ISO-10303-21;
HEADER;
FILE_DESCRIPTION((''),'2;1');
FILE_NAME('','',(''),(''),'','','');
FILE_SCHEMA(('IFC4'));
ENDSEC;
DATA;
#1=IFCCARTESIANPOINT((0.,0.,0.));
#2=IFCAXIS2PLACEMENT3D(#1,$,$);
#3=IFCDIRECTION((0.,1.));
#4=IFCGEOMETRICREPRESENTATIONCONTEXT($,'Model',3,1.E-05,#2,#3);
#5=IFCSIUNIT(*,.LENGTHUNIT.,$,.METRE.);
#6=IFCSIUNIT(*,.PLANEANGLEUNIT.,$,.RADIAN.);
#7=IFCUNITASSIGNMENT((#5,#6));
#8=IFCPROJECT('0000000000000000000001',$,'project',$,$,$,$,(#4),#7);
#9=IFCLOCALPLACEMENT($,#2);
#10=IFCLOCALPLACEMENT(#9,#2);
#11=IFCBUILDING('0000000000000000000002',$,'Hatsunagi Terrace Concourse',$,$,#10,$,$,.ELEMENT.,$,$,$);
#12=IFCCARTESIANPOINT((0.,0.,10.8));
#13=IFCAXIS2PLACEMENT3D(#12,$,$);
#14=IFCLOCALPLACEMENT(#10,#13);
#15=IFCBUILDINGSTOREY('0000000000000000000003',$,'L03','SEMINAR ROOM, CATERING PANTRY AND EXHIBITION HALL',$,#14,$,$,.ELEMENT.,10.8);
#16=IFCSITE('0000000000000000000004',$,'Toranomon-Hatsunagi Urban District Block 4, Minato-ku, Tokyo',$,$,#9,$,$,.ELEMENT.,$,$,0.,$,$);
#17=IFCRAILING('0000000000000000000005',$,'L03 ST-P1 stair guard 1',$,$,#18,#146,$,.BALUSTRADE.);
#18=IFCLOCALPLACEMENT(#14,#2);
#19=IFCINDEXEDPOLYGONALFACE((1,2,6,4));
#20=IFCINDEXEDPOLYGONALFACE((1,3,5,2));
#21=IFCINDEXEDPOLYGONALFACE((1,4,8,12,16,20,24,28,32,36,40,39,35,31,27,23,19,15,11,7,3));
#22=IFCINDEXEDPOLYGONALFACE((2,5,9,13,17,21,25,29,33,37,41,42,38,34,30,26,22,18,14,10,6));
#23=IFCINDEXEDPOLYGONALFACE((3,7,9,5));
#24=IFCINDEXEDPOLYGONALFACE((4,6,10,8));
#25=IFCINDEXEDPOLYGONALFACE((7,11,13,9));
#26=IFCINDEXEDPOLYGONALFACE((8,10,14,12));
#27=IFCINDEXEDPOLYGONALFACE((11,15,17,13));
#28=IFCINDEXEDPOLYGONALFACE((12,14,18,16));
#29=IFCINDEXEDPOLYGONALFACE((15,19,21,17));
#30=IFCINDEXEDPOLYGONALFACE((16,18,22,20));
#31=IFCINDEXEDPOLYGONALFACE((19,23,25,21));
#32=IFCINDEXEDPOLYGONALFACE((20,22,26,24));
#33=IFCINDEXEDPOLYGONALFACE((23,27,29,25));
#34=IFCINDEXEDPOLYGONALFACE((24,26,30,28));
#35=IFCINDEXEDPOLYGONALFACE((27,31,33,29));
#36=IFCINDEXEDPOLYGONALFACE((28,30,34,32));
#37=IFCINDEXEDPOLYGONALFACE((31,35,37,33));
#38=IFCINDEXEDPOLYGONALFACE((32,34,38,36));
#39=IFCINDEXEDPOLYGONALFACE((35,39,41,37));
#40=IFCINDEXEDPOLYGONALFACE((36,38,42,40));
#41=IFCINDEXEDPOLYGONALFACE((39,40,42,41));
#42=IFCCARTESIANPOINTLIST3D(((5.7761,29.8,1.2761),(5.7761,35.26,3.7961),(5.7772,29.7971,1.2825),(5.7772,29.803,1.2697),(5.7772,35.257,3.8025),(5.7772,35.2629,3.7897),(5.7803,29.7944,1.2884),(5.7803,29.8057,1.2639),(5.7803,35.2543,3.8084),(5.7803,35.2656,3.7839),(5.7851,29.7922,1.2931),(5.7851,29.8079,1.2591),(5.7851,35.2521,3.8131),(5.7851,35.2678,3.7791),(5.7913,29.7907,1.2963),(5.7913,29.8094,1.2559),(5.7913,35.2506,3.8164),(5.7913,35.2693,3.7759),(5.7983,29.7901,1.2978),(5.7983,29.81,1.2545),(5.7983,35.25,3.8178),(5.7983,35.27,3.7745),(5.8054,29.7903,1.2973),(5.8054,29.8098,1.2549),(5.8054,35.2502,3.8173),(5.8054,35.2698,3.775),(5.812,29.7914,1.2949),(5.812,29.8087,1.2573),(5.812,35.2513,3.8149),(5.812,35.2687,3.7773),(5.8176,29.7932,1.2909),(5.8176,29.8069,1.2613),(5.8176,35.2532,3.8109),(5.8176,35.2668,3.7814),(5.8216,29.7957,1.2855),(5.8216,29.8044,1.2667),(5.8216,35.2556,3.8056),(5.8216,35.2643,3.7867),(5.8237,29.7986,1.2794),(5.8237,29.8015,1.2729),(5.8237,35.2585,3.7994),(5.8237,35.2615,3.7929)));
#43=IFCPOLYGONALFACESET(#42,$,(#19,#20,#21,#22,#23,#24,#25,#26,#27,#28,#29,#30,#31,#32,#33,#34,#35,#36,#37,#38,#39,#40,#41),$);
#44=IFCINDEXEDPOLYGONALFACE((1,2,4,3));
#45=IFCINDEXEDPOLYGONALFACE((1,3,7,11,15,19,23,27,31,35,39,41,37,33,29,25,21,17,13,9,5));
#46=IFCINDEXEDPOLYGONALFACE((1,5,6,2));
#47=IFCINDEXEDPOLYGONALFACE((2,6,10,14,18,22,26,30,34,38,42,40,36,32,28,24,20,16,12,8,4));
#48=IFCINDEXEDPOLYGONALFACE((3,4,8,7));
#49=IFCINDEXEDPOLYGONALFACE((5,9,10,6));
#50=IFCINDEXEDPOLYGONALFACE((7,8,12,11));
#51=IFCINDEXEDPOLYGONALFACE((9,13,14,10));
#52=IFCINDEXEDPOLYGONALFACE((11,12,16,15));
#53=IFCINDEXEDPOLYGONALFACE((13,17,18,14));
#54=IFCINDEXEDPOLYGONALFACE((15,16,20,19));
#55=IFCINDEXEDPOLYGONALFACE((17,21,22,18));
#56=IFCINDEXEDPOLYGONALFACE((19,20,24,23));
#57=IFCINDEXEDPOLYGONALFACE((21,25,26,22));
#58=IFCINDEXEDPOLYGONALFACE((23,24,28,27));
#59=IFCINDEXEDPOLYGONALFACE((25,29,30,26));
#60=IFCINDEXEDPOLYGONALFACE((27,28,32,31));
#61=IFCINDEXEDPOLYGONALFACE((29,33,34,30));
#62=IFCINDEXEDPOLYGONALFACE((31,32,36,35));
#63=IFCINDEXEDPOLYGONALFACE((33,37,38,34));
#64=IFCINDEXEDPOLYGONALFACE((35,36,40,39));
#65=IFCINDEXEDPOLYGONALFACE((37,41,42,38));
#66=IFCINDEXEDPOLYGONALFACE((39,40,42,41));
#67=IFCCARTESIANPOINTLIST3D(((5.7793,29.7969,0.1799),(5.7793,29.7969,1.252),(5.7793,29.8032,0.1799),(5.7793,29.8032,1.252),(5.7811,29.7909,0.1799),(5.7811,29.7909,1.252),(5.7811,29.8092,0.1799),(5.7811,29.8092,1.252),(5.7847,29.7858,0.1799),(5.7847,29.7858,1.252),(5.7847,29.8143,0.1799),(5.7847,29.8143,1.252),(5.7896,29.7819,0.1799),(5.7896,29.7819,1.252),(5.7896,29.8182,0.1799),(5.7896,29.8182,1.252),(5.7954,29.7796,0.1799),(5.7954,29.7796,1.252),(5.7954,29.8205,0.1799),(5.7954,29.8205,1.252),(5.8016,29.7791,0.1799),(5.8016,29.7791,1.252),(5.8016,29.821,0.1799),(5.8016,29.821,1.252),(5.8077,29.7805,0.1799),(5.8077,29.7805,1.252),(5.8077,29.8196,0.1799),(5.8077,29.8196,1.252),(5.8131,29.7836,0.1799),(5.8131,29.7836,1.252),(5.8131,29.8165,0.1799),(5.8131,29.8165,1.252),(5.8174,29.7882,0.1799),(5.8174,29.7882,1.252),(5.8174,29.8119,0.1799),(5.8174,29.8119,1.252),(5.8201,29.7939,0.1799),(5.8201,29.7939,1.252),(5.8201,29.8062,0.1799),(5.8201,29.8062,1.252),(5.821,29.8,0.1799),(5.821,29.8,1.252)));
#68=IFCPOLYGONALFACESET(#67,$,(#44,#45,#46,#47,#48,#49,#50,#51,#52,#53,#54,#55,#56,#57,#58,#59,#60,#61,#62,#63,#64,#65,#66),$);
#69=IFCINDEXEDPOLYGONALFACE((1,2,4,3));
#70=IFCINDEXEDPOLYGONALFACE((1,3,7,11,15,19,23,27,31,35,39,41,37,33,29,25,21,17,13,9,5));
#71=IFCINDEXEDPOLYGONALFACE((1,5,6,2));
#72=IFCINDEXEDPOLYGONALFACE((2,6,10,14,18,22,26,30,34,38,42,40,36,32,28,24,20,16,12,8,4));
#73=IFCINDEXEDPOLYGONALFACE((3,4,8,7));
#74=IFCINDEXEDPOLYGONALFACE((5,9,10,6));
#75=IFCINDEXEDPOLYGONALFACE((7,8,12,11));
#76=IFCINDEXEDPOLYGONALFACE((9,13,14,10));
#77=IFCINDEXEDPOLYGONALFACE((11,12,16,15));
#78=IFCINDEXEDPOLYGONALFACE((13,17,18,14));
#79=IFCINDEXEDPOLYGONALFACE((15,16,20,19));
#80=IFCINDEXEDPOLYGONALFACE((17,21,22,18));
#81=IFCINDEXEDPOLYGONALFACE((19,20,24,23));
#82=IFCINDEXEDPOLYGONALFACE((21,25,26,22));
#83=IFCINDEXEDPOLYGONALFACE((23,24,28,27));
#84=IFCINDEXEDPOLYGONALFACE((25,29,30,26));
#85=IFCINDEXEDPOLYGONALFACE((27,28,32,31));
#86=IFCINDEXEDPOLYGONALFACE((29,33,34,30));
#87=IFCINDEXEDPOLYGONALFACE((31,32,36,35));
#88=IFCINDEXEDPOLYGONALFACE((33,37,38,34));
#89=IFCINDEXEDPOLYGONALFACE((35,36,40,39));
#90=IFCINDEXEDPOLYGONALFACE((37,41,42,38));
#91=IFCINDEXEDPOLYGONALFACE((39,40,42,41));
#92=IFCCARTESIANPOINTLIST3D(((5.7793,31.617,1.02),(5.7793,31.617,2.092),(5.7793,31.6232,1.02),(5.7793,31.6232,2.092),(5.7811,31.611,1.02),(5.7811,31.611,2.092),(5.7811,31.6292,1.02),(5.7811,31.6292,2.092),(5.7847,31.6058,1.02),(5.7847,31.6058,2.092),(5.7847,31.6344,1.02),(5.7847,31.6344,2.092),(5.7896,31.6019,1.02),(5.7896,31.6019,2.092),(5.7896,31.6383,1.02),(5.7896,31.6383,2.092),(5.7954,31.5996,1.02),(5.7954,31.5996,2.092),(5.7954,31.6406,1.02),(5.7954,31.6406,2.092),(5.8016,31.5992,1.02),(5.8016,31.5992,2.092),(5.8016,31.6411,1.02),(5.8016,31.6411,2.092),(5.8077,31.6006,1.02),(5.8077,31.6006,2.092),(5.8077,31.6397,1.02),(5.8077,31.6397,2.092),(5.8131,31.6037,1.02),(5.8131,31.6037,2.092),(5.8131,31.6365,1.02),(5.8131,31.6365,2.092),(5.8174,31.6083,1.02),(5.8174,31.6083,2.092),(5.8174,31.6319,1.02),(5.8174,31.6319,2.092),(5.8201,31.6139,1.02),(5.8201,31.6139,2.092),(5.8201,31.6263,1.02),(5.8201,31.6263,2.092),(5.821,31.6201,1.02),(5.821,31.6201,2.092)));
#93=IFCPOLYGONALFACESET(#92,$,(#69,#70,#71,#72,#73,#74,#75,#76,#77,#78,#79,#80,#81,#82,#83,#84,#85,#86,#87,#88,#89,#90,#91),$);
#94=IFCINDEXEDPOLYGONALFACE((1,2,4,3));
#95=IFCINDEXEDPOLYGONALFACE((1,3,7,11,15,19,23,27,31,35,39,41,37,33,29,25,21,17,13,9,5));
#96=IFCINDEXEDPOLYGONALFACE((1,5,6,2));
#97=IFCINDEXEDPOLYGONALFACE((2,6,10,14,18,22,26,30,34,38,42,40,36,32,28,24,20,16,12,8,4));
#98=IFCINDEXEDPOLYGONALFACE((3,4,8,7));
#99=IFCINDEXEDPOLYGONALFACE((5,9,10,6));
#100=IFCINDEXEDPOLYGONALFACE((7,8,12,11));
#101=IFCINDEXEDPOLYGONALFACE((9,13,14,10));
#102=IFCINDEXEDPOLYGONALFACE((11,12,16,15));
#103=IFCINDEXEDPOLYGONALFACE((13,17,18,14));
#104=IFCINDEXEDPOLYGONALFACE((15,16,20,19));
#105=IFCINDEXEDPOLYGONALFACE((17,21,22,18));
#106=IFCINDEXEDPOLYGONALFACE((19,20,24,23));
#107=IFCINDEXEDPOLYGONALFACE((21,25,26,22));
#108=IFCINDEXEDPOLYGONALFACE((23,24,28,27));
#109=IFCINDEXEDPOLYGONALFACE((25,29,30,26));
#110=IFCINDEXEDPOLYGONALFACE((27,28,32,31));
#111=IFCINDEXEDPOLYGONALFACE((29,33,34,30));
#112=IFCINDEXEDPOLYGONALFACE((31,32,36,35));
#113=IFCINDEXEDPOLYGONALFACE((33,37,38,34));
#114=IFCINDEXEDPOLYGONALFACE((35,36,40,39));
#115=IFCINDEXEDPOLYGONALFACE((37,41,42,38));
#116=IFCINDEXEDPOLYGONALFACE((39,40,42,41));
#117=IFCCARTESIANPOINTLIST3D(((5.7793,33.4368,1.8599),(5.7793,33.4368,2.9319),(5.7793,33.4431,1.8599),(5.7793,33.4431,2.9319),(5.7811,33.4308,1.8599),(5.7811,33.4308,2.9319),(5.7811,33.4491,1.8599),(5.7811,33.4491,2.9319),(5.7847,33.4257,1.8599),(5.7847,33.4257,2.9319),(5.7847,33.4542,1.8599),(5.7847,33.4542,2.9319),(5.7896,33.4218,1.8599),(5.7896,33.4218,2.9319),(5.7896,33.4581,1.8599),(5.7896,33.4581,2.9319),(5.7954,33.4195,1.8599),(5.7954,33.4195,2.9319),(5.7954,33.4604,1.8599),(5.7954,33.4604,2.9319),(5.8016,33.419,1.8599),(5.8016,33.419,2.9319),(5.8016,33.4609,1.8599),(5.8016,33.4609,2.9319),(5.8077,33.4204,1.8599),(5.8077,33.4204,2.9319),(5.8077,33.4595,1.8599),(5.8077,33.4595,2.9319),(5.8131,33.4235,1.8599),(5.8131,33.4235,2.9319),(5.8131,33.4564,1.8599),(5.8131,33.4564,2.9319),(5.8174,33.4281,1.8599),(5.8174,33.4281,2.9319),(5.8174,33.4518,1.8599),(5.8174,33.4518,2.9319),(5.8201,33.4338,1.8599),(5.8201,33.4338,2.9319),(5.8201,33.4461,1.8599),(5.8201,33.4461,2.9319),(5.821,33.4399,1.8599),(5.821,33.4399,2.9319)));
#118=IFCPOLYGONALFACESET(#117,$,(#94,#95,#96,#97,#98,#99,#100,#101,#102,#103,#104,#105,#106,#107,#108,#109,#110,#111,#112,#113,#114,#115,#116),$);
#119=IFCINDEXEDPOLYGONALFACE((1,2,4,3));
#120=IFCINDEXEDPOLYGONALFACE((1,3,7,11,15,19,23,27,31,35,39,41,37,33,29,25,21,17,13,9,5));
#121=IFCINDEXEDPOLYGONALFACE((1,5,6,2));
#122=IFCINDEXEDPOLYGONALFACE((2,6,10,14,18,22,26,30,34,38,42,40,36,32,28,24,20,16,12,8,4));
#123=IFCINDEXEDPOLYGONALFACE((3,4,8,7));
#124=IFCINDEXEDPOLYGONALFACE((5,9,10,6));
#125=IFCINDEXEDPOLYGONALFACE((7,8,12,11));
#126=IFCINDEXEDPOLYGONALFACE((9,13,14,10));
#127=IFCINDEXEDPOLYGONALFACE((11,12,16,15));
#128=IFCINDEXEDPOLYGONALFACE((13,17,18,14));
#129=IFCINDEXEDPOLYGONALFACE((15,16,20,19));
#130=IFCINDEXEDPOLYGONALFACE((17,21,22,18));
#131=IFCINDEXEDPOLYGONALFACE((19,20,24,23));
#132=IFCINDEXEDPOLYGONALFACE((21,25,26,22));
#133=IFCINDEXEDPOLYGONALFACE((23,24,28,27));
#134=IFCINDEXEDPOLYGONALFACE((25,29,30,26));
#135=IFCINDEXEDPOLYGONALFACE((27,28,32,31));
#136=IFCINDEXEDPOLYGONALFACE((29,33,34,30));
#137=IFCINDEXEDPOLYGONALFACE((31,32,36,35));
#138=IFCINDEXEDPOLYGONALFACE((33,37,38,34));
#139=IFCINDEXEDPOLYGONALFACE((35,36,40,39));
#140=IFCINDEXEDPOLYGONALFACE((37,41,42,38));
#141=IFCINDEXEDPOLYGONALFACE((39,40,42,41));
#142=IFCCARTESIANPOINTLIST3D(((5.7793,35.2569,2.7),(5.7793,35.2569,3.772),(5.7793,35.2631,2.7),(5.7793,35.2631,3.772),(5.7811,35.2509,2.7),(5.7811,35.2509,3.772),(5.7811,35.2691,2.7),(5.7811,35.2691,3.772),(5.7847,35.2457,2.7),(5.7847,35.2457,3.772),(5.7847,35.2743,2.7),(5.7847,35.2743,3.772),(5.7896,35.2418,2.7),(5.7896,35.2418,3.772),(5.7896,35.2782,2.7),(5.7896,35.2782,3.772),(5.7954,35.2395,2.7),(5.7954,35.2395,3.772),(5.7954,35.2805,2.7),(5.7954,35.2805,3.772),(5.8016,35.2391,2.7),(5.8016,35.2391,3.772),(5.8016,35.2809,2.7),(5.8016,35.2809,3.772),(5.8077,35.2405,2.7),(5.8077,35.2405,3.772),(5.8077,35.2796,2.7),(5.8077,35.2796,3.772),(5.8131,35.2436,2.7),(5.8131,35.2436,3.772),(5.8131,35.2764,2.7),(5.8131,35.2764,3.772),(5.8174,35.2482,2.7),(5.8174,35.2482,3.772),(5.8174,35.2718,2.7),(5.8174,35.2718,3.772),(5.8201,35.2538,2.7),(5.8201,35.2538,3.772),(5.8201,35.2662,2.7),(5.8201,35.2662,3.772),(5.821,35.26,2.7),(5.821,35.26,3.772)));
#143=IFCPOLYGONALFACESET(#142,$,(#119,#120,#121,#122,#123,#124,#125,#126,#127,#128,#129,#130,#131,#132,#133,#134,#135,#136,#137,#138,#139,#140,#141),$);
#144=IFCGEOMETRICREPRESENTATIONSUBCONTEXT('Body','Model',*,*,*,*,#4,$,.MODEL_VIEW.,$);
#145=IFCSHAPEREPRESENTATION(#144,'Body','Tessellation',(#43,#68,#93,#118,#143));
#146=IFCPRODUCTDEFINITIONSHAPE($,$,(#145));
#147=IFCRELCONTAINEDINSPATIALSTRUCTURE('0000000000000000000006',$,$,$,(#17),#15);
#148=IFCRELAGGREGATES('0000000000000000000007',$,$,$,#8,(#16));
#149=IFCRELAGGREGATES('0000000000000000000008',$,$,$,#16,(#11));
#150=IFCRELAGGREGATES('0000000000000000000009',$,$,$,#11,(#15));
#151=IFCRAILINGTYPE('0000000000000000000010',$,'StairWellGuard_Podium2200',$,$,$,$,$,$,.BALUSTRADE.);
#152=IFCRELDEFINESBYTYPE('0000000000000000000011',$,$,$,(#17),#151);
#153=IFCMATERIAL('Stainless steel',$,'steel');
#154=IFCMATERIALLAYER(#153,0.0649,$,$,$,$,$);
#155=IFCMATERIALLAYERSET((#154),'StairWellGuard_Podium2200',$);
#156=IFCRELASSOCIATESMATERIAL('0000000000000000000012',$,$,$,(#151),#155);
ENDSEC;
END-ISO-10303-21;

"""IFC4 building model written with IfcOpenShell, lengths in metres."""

from ifc_helpers import new_model, si_unit, direction, frame, origin, origin_2d, place, context, subcontext, project, spatial, circle, extrude, material, layer, layer_set, type_object, element, save


model = new_model("IFC4")

# Units and contexts
model_context = context("Model", 3, precision=1e-05, world=origin(), true_north=direction((0.0, 1.0)))
body_context = subcontext(model_context, "Body", "Model", "MODEL_VIEW")
ifc_project = project(units=[si_unit("LENGTHUNIT", "METRE"), si_unit("PLANEANGLEUNIT", "RADIAN")], contexts=[model_context])

# Site, building, storey
site_placement = place(None, origin())
site = spatial("IfcSite", under=ifc_project, at=site_placement, Name="Toranomon-Hatsunagi Urban District Block 4, Minato-ku, Tokyo", CompositionType="ELEMENT", RefElevation=0.0)
building_placement = place(site_placement, origin())
building = spatial("IfcBuilding", under=site, at=building_placement, Name="Hatsunagi Terrace Concourse", CompositionType="ELEMENT")
storey_placement = place(building_placement, frame((0.0, 0.0, 10.8)))
storey = spatial("IfcBuildingStorey", under=building, at=storey_placement, Name="L03", Description="SEMINAR ROOM, CATERING PANTRY AND EXHIBITION HALL", CompositionType="ELEMENT", Elevation=10.8)

# Railing
ifc_material_1 = material(Name="Stainless steel", Category="steel")
ifc_layer_1 = layer(ifc_material_1, 0.0649)
ifc_layer_set_1 = layer_set([ifc_layer_1], Name="StairWellGuard_Podium2200")
railing_type_1 = type_object("IfcRailingType", Name="StairWellGuard_Podium2200", PredefinedType="BALUSTRADE", material=ifc_layer_set_1)
railing_1_placement = place(storey_placement, frame((5.8, 29.8, 0.1799)))
element("IfcRailing", 1, at=railing_1_placement, inside=storey, type_object=railing_type_1, Name="L03 ST-P1 stair guard 1", PredefinedType="BALUSTRADE", context=body_context, shape_type="SweptSolid", body=[
    extrude(circle(Radius=0.0239, at=origin_2d()), frame((0.0, 0.0, 1.0962), z_axis=(0.0, 0.907957, 0.419063), x_axis=(-1.0, 0.0, 0.0)), (0.0, 0.0, 1.0), 6.0134),
    extrude(circle(Radius=0.021, at=origin_2d()), origin(), (0.0, 0.0, 1.0), 1.072),
    extrude(circle(Radius=0.021, at=origin_2d()), frame((0.0, 1.8201, 0.8401)), (0.0, 0.0, 1.0), 1.072),
    extrude(circle(Radius=0.021, at=origin_2d()), frame((0.0, 3.6399, 1.6799)), (0.0, 0.0, 1.0), 1.072),
    extrude(circle(Radius=0.021, at=origin_2d()), frame((0.0, 5.46, 2.52)), (0.0, 0.0, 1.0), 1.072),
])

save(model, "model.ifc")
